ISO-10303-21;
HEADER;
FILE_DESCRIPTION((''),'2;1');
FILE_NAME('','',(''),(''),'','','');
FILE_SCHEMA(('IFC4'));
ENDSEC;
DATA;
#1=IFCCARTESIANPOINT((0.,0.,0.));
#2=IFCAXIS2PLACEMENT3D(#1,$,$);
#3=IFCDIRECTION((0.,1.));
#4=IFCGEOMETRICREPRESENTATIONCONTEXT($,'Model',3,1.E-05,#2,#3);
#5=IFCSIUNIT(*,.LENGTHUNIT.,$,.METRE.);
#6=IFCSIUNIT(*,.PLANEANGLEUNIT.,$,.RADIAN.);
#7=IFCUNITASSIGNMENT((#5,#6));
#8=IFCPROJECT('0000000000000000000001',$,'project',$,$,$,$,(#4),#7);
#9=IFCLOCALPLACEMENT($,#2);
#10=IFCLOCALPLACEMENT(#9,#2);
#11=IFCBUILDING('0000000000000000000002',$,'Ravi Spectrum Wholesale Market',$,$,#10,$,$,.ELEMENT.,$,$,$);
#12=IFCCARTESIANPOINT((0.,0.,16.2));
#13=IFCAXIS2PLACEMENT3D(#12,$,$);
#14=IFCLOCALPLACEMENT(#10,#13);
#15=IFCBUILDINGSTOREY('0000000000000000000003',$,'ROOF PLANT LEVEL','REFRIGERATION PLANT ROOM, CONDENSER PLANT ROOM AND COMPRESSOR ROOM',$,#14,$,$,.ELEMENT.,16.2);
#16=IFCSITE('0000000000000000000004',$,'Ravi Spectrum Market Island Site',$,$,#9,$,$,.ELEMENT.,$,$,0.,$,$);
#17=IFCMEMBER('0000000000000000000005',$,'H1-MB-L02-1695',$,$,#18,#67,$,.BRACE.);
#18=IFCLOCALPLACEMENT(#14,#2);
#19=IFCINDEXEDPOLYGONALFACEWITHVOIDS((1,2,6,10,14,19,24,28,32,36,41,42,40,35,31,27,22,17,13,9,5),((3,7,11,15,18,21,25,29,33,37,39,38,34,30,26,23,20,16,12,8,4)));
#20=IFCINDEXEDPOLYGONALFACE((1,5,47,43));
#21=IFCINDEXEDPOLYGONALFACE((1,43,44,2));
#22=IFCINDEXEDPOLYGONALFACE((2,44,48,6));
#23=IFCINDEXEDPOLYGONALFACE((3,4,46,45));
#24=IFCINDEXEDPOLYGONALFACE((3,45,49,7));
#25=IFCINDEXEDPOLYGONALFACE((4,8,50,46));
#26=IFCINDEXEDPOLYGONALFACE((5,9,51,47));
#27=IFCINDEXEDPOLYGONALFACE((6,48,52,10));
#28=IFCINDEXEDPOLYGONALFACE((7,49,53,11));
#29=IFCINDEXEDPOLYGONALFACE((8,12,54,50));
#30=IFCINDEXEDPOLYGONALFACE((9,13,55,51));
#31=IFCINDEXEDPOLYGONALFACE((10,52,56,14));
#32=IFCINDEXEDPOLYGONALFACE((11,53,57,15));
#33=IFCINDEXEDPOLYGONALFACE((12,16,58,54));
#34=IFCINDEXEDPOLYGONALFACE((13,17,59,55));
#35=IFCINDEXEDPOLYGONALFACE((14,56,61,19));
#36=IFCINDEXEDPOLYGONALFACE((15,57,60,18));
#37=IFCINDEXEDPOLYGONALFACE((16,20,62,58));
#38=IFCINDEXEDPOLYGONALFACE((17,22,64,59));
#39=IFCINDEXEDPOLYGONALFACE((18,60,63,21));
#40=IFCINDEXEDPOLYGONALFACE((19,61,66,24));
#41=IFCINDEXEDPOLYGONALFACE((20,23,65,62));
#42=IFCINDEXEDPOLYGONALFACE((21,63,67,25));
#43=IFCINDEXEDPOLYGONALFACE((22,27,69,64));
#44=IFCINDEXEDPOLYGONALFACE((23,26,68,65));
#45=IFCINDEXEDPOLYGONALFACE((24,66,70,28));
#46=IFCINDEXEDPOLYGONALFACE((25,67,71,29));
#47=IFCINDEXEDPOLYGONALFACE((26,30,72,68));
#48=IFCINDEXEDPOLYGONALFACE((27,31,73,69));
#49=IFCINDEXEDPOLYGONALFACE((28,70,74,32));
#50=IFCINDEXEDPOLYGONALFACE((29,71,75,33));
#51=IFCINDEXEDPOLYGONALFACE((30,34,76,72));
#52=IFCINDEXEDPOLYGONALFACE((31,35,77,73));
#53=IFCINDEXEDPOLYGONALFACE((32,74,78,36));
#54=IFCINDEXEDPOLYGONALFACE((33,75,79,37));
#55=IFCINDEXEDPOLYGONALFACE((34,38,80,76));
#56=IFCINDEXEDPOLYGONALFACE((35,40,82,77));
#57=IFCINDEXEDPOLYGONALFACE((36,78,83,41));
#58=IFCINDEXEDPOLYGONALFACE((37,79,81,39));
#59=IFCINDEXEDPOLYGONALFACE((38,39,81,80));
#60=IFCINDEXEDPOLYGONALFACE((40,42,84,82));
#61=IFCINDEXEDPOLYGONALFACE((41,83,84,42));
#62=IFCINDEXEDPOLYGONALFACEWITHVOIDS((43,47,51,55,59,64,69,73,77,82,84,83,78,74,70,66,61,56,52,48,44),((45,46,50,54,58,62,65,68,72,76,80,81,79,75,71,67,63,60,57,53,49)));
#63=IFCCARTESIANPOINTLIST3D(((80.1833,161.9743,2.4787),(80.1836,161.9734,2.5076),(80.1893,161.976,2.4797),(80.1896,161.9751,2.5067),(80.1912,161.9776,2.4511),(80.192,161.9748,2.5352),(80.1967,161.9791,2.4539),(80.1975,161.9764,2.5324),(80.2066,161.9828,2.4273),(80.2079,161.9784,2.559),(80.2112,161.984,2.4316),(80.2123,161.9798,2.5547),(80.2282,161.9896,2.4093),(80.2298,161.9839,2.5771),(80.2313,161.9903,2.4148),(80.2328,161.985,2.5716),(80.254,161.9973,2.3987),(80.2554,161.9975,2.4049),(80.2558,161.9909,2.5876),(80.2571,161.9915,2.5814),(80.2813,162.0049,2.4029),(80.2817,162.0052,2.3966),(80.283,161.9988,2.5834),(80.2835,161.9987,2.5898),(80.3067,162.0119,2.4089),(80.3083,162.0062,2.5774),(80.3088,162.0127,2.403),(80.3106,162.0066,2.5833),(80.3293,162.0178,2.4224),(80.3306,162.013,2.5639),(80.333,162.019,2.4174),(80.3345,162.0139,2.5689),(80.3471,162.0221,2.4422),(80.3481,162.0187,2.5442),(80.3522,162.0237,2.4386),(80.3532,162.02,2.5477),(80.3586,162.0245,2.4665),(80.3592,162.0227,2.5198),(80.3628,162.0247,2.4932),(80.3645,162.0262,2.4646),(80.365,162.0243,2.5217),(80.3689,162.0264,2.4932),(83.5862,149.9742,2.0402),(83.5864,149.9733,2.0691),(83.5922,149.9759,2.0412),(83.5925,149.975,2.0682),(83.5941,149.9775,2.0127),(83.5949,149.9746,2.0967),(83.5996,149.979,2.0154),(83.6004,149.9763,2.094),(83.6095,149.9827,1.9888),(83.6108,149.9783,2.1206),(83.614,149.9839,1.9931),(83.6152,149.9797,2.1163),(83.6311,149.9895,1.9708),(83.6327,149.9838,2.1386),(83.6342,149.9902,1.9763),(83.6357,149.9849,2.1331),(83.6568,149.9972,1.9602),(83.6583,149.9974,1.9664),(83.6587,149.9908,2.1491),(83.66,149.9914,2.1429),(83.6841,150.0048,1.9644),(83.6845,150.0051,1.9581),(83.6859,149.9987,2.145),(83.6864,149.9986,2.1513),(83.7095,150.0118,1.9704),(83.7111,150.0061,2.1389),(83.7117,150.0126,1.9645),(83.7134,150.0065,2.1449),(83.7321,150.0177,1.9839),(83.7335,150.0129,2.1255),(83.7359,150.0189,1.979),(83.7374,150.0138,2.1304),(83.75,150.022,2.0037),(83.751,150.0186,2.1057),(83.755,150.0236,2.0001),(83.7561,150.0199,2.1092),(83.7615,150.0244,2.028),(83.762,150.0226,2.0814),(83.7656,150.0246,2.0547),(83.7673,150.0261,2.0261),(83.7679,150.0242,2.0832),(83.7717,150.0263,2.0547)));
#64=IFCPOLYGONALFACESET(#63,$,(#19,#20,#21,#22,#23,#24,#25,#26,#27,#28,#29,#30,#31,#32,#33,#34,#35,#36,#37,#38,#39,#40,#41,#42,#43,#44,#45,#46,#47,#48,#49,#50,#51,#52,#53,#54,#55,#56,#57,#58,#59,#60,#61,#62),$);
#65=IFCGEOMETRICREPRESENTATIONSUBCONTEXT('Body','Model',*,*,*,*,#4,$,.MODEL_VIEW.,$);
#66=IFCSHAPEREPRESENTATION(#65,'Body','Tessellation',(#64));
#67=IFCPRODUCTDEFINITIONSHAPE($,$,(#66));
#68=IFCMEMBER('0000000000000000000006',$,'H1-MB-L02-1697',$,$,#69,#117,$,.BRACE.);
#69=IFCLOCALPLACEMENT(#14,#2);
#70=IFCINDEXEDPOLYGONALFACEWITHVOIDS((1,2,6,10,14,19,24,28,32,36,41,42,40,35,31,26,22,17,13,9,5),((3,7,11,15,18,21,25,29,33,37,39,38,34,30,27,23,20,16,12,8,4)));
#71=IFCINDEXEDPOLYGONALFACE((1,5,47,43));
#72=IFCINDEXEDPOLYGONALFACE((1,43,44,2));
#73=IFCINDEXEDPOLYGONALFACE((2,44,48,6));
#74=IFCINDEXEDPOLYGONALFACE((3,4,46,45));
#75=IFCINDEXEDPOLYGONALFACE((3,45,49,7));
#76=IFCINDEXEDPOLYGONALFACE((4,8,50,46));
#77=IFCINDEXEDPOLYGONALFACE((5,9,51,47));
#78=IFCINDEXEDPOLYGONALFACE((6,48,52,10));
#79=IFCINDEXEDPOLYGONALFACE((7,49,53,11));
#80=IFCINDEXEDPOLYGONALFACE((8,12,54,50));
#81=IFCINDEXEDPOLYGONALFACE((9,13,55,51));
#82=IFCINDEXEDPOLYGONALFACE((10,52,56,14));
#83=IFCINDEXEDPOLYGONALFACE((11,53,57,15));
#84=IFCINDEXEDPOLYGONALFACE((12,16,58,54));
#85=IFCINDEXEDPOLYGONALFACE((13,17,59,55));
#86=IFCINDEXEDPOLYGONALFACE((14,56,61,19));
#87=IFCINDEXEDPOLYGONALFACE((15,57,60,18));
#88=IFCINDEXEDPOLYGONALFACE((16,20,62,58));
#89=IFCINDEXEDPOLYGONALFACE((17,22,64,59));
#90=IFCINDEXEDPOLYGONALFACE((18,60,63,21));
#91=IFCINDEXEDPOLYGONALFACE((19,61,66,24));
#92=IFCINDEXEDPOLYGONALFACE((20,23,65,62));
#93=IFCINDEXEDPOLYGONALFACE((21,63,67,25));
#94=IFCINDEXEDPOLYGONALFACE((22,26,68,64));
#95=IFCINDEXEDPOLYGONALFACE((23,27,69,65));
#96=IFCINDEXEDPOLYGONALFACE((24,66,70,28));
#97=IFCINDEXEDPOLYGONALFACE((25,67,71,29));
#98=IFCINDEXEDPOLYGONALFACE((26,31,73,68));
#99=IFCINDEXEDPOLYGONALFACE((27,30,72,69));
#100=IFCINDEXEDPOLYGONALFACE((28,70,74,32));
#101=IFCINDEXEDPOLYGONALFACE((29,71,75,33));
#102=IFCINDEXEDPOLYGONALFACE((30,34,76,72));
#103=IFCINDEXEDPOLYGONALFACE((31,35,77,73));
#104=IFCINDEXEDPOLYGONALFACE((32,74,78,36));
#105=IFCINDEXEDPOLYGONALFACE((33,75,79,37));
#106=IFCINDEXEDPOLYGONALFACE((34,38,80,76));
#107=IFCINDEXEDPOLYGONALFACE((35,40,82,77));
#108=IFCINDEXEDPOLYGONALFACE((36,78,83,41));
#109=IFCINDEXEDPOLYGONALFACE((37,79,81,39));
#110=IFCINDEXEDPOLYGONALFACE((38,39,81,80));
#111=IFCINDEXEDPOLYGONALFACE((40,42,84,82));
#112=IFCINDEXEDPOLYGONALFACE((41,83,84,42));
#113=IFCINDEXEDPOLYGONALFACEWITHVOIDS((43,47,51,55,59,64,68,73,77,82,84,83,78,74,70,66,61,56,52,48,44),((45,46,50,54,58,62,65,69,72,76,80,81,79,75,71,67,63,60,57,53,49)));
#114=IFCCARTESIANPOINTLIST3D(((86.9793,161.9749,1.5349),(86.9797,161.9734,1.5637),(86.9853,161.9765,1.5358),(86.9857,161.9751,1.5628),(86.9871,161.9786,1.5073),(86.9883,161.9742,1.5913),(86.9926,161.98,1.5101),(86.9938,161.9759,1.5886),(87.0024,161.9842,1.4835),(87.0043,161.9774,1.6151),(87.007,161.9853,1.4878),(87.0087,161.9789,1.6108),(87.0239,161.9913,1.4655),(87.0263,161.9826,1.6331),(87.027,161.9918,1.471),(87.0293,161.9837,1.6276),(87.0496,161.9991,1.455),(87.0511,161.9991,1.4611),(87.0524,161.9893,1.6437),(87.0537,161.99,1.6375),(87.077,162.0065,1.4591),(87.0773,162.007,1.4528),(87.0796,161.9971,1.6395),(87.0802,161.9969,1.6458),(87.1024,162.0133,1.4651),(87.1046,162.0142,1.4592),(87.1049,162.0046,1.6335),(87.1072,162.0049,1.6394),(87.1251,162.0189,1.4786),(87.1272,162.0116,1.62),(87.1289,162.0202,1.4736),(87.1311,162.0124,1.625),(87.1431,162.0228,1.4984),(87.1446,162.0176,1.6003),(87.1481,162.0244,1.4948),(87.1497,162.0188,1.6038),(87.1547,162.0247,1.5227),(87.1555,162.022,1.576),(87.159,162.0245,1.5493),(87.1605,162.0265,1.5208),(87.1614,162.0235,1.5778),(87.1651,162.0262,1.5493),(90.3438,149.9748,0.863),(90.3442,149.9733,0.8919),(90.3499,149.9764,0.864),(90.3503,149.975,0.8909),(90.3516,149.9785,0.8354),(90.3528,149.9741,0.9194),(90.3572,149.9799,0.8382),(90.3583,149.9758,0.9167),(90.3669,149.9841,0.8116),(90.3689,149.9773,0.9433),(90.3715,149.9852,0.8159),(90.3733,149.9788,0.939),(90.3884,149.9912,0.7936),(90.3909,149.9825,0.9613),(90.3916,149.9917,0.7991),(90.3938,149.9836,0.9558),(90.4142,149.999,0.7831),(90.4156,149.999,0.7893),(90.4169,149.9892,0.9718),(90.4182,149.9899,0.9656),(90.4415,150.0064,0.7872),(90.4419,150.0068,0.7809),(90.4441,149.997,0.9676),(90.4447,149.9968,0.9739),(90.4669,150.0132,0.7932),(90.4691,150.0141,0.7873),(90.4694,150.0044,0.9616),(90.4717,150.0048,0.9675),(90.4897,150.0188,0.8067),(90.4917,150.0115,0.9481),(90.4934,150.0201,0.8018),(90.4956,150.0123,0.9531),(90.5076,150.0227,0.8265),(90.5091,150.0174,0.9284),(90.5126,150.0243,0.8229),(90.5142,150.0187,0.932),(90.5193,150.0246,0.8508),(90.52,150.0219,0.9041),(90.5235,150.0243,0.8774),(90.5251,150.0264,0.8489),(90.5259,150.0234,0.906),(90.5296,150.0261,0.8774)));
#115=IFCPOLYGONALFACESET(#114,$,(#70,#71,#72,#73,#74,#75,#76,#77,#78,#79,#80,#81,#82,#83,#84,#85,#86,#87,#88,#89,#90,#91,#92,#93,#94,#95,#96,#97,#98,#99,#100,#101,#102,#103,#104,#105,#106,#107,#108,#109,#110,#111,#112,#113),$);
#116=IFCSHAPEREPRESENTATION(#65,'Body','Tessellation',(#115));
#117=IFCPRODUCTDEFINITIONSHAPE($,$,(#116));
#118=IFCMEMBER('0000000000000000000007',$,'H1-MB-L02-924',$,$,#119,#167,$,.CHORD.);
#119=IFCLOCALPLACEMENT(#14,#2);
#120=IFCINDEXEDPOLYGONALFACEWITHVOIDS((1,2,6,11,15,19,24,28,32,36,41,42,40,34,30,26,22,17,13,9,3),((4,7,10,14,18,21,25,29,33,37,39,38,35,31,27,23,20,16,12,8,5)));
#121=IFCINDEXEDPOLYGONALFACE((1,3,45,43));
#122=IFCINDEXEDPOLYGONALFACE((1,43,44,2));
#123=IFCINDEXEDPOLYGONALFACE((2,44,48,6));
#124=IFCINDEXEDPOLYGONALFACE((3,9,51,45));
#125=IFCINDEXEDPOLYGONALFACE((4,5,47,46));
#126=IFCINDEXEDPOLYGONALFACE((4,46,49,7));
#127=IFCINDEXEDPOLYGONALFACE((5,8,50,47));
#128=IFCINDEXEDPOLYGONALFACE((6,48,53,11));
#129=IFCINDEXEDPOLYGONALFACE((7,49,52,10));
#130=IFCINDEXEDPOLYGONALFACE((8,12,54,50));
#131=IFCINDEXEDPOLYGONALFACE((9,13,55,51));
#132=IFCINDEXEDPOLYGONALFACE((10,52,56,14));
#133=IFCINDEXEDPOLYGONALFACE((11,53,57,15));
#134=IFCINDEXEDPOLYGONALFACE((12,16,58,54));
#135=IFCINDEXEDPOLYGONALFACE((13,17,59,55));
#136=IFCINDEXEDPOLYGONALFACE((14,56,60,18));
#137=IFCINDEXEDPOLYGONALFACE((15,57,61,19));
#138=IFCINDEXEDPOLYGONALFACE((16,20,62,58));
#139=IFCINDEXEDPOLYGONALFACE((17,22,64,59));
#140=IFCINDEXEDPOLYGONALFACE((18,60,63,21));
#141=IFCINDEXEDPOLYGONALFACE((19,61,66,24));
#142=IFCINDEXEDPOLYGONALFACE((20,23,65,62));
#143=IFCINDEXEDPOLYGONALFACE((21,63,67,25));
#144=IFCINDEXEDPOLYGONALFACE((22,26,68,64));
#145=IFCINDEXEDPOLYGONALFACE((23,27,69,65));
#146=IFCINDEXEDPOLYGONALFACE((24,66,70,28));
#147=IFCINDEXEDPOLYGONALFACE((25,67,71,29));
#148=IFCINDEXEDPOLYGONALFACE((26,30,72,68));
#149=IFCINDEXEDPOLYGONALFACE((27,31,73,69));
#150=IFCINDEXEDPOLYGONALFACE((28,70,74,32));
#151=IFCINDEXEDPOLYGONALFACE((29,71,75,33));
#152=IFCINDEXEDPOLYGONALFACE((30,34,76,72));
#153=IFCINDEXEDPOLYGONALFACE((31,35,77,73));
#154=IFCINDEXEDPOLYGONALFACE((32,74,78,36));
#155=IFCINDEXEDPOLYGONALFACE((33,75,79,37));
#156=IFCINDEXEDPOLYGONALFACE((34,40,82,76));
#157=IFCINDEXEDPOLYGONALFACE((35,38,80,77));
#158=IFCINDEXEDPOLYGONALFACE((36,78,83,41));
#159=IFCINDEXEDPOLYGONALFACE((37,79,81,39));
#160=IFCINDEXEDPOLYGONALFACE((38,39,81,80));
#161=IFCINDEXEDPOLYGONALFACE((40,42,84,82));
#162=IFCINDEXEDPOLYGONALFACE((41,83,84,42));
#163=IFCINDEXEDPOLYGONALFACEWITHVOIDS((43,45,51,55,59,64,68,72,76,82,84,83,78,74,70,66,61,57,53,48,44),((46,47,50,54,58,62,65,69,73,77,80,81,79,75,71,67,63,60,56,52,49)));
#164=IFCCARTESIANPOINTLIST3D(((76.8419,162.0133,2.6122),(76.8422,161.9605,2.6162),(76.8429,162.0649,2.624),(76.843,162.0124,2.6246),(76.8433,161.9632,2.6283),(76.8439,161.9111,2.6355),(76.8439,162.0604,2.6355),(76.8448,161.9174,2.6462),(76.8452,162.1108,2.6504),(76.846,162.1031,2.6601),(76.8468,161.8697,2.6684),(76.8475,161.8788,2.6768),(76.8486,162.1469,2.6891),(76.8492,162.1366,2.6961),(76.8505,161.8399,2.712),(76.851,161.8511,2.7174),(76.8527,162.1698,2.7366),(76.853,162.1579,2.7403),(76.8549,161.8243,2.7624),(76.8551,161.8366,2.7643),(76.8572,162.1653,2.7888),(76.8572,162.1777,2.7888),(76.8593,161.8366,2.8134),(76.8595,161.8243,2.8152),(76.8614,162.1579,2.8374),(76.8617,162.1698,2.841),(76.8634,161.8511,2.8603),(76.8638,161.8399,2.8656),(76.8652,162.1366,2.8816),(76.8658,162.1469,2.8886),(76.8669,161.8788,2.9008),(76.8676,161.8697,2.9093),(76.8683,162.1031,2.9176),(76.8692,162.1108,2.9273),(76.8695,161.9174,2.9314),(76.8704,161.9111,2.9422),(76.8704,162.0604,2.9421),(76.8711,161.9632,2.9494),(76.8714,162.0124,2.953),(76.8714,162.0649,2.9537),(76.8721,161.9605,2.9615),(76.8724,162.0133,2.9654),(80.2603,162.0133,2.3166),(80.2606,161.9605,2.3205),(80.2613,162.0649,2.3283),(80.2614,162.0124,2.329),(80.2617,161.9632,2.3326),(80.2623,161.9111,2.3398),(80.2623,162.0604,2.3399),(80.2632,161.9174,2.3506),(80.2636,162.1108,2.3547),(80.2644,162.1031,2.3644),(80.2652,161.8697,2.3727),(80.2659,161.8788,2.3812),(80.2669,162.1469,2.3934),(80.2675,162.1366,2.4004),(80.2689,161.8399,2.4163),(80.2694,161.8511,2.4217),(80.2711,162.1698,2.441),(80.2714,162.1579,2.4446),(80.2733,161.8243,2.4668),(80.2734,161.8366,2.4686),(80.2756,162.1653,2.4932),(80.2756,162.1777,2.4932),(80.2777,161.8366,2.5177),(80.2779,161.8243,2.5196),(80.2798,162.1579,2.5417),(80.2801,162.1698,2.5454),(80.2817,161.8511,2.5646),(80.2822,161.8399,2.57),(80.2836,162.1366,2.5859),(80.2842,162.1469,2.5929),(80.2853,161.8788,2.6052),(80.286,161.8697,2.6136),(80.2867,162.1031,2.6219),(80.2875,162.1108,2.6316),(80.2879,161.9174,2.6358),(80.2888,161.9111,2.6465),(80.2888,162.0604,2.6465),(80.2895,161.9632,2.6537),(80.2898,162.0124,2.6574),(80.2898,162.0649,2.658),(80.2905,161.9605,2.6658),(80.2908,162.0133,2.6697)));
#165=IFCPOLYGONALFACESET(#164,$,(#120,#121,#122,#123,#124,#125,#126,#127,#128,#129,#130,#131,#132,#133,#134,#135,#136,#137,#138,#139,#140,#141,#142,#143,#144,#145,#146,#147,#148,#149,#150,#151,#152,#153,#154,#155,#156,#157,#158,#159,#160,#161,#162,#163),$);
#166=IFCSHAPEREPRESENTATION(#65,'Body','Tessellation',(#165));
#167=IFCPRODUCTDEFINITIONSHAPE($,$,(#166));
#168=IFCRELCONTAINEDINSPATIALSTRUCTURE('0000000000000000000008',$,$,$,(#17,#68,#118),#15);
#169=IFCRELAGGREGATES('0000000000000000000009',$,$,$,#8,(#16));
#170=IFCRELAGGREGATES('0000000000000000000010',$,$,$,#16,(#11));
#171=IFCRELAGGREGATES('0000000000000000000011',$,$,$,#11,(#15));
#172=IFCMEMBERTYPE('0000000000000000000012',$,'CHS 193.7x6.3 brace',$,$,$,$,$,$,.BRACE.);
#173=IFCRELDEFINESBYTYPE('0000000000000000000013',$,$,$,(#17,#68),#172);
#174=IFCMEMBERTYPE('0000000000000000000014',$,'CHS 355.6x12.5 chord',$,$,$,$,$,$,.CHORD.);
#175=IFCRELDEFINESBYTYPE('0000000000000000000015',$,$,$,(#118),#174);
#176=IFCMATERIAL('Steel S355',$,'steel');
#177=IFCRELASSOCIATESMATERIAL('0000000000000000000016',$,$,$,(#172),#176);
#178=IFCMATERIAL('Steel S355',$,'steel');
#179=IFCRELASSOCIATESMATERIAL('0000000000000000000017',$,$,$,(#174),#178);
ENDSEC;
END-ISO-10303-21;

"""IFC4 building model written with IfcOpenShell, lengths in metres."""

from ifc_helpers import new_model, si_unit, direction, frame, origin, origin_2d, place, context, subcontext, project, spatial, hollow_circle, extrude, material, material_profile, profile_set, type_object, element, save


model = new_model("IFC4")

# Units and contexts
model_context = context("Model", 3, precision=1e-05, world=origin(), true_north=direction((0.0, 1.0)))
body_context = subcontext(model_context, "Body", "Model", "MODEL_VIEW")
ifc_project = project(units=[si_unit("LENGTHUNIT", "METRE"), si_unit("PLANEANGLEUNIT", "RADIAN")], contexts=[model_context])

# Site, building, storey
site_placement = place(None, origin())
site = spatial("IfcSite", under=ifc_project, at=site_placement, Name="Ravi Spectrum Market Island Site", CompositionType="ELEMENT", RefElevation=0.0)
building_placement = place(site_placement, origin())
building = spatial("IfcBuilding", under=site, at=building_placement, Name="Ravi Spectrum Wholesale Market", CompositionType="ELEMENT")
storey_placement = place(building_placement, frame((0.0, 0.0, 16.2)))
storey = spatial("IfcBuildingStorey", under=building, at=storey_placement, Name="ROOF PLANT LEVEL", Description="REFRIGERATION PLANT ROOM, CONDENSER PLANT ROOM AND COMPRESSOR ROOM", CompositionType="ELEMENT", Elevation=16.2)

# Members
ifc_material_1 = material(Name="Steel S355", Category="steel")
ifc_material_profile_1 = material_profile(ifc_material_1, hollow_circle(Radius=0.0969, WallThickness=0.0063, at=origin_2d()))
ifc_profile_set_1 = profile_set([ifc_material_profile_1], Name="Steel S355")
member_type_1 = type_object("IfcMemberType", Name="CHS 193.7x6.3 brace", PredefinedType="BRACE", material=ifc_profile_set_1)
for number, where, z_axis, x_axis, name in (
    (1, (80.2756, 162.0, 2.4932), (0.272644, -0.961473, -0.035132), (0.962067, 0.272813, 0.0), "H1-MB-L02-1695"),
    (2, (87.0718, 162.0, 1.5493), (0.269573, -0.961474, -0.053833), (0.96287, 0.269965, 0.0), "H1-MB-L02-1697"),
):
    element("IfcMember", number, at=place(storey_placement, frame(where, z_axis=z_axis, x_axis=x_axis)), inside=storey, type_object=member_type_1, Name=name, PredefinedType="BRACE", context=body_context, shape_type="SweptSolid", body=[
        extrude(hollow_circle(Radius=0.0969, WallThickness=0.0063, at=origin_2d()), origin(), (0.0, 0.0, 1.0), 12.481),
    ])
ifc_material_2 = material(Name="Steel S355", Category="steel")
ifc_material_profile_2 = material_profile(ifc_material_2, hollow_circle(Radius=0.1777, WallThickness=0.0125, at=origin_2d()))
ifc_profile_set_2 = profile_set([ifc_material_profile_2], Name="Steel S355")
member_type_2 = type_object("IfcMemberType", Name="CHS 355.6x12.5 chord", PredefinedType="CHORD", material=ifc_profile_set_2)
for number, where, z_axis, x_axis, name in (
    (3, (76.8572, 162.0, 2.7888), (0.996281, 0.0, -0.086166), (0.0, 1.0, 0.0), "H1-MB-L02-924"),
):
    element("IfcMember", number, at=place(storey_placement, frame(where, z_axis=z_axis, x_axis=x_axis)), inside=storey, type_object=member_type_2, Name=name, PredefinedType="CHORD", context=body_context, shape_type="SweptSolid", body=[
        extrude(hollow_circle(Radius=0.1777, WallThickness=0.0125, at=origin_2d()), origin(), (0.0, 0.0, 1.0), 3.4312),
    ])

save(model, "model.ifc")
